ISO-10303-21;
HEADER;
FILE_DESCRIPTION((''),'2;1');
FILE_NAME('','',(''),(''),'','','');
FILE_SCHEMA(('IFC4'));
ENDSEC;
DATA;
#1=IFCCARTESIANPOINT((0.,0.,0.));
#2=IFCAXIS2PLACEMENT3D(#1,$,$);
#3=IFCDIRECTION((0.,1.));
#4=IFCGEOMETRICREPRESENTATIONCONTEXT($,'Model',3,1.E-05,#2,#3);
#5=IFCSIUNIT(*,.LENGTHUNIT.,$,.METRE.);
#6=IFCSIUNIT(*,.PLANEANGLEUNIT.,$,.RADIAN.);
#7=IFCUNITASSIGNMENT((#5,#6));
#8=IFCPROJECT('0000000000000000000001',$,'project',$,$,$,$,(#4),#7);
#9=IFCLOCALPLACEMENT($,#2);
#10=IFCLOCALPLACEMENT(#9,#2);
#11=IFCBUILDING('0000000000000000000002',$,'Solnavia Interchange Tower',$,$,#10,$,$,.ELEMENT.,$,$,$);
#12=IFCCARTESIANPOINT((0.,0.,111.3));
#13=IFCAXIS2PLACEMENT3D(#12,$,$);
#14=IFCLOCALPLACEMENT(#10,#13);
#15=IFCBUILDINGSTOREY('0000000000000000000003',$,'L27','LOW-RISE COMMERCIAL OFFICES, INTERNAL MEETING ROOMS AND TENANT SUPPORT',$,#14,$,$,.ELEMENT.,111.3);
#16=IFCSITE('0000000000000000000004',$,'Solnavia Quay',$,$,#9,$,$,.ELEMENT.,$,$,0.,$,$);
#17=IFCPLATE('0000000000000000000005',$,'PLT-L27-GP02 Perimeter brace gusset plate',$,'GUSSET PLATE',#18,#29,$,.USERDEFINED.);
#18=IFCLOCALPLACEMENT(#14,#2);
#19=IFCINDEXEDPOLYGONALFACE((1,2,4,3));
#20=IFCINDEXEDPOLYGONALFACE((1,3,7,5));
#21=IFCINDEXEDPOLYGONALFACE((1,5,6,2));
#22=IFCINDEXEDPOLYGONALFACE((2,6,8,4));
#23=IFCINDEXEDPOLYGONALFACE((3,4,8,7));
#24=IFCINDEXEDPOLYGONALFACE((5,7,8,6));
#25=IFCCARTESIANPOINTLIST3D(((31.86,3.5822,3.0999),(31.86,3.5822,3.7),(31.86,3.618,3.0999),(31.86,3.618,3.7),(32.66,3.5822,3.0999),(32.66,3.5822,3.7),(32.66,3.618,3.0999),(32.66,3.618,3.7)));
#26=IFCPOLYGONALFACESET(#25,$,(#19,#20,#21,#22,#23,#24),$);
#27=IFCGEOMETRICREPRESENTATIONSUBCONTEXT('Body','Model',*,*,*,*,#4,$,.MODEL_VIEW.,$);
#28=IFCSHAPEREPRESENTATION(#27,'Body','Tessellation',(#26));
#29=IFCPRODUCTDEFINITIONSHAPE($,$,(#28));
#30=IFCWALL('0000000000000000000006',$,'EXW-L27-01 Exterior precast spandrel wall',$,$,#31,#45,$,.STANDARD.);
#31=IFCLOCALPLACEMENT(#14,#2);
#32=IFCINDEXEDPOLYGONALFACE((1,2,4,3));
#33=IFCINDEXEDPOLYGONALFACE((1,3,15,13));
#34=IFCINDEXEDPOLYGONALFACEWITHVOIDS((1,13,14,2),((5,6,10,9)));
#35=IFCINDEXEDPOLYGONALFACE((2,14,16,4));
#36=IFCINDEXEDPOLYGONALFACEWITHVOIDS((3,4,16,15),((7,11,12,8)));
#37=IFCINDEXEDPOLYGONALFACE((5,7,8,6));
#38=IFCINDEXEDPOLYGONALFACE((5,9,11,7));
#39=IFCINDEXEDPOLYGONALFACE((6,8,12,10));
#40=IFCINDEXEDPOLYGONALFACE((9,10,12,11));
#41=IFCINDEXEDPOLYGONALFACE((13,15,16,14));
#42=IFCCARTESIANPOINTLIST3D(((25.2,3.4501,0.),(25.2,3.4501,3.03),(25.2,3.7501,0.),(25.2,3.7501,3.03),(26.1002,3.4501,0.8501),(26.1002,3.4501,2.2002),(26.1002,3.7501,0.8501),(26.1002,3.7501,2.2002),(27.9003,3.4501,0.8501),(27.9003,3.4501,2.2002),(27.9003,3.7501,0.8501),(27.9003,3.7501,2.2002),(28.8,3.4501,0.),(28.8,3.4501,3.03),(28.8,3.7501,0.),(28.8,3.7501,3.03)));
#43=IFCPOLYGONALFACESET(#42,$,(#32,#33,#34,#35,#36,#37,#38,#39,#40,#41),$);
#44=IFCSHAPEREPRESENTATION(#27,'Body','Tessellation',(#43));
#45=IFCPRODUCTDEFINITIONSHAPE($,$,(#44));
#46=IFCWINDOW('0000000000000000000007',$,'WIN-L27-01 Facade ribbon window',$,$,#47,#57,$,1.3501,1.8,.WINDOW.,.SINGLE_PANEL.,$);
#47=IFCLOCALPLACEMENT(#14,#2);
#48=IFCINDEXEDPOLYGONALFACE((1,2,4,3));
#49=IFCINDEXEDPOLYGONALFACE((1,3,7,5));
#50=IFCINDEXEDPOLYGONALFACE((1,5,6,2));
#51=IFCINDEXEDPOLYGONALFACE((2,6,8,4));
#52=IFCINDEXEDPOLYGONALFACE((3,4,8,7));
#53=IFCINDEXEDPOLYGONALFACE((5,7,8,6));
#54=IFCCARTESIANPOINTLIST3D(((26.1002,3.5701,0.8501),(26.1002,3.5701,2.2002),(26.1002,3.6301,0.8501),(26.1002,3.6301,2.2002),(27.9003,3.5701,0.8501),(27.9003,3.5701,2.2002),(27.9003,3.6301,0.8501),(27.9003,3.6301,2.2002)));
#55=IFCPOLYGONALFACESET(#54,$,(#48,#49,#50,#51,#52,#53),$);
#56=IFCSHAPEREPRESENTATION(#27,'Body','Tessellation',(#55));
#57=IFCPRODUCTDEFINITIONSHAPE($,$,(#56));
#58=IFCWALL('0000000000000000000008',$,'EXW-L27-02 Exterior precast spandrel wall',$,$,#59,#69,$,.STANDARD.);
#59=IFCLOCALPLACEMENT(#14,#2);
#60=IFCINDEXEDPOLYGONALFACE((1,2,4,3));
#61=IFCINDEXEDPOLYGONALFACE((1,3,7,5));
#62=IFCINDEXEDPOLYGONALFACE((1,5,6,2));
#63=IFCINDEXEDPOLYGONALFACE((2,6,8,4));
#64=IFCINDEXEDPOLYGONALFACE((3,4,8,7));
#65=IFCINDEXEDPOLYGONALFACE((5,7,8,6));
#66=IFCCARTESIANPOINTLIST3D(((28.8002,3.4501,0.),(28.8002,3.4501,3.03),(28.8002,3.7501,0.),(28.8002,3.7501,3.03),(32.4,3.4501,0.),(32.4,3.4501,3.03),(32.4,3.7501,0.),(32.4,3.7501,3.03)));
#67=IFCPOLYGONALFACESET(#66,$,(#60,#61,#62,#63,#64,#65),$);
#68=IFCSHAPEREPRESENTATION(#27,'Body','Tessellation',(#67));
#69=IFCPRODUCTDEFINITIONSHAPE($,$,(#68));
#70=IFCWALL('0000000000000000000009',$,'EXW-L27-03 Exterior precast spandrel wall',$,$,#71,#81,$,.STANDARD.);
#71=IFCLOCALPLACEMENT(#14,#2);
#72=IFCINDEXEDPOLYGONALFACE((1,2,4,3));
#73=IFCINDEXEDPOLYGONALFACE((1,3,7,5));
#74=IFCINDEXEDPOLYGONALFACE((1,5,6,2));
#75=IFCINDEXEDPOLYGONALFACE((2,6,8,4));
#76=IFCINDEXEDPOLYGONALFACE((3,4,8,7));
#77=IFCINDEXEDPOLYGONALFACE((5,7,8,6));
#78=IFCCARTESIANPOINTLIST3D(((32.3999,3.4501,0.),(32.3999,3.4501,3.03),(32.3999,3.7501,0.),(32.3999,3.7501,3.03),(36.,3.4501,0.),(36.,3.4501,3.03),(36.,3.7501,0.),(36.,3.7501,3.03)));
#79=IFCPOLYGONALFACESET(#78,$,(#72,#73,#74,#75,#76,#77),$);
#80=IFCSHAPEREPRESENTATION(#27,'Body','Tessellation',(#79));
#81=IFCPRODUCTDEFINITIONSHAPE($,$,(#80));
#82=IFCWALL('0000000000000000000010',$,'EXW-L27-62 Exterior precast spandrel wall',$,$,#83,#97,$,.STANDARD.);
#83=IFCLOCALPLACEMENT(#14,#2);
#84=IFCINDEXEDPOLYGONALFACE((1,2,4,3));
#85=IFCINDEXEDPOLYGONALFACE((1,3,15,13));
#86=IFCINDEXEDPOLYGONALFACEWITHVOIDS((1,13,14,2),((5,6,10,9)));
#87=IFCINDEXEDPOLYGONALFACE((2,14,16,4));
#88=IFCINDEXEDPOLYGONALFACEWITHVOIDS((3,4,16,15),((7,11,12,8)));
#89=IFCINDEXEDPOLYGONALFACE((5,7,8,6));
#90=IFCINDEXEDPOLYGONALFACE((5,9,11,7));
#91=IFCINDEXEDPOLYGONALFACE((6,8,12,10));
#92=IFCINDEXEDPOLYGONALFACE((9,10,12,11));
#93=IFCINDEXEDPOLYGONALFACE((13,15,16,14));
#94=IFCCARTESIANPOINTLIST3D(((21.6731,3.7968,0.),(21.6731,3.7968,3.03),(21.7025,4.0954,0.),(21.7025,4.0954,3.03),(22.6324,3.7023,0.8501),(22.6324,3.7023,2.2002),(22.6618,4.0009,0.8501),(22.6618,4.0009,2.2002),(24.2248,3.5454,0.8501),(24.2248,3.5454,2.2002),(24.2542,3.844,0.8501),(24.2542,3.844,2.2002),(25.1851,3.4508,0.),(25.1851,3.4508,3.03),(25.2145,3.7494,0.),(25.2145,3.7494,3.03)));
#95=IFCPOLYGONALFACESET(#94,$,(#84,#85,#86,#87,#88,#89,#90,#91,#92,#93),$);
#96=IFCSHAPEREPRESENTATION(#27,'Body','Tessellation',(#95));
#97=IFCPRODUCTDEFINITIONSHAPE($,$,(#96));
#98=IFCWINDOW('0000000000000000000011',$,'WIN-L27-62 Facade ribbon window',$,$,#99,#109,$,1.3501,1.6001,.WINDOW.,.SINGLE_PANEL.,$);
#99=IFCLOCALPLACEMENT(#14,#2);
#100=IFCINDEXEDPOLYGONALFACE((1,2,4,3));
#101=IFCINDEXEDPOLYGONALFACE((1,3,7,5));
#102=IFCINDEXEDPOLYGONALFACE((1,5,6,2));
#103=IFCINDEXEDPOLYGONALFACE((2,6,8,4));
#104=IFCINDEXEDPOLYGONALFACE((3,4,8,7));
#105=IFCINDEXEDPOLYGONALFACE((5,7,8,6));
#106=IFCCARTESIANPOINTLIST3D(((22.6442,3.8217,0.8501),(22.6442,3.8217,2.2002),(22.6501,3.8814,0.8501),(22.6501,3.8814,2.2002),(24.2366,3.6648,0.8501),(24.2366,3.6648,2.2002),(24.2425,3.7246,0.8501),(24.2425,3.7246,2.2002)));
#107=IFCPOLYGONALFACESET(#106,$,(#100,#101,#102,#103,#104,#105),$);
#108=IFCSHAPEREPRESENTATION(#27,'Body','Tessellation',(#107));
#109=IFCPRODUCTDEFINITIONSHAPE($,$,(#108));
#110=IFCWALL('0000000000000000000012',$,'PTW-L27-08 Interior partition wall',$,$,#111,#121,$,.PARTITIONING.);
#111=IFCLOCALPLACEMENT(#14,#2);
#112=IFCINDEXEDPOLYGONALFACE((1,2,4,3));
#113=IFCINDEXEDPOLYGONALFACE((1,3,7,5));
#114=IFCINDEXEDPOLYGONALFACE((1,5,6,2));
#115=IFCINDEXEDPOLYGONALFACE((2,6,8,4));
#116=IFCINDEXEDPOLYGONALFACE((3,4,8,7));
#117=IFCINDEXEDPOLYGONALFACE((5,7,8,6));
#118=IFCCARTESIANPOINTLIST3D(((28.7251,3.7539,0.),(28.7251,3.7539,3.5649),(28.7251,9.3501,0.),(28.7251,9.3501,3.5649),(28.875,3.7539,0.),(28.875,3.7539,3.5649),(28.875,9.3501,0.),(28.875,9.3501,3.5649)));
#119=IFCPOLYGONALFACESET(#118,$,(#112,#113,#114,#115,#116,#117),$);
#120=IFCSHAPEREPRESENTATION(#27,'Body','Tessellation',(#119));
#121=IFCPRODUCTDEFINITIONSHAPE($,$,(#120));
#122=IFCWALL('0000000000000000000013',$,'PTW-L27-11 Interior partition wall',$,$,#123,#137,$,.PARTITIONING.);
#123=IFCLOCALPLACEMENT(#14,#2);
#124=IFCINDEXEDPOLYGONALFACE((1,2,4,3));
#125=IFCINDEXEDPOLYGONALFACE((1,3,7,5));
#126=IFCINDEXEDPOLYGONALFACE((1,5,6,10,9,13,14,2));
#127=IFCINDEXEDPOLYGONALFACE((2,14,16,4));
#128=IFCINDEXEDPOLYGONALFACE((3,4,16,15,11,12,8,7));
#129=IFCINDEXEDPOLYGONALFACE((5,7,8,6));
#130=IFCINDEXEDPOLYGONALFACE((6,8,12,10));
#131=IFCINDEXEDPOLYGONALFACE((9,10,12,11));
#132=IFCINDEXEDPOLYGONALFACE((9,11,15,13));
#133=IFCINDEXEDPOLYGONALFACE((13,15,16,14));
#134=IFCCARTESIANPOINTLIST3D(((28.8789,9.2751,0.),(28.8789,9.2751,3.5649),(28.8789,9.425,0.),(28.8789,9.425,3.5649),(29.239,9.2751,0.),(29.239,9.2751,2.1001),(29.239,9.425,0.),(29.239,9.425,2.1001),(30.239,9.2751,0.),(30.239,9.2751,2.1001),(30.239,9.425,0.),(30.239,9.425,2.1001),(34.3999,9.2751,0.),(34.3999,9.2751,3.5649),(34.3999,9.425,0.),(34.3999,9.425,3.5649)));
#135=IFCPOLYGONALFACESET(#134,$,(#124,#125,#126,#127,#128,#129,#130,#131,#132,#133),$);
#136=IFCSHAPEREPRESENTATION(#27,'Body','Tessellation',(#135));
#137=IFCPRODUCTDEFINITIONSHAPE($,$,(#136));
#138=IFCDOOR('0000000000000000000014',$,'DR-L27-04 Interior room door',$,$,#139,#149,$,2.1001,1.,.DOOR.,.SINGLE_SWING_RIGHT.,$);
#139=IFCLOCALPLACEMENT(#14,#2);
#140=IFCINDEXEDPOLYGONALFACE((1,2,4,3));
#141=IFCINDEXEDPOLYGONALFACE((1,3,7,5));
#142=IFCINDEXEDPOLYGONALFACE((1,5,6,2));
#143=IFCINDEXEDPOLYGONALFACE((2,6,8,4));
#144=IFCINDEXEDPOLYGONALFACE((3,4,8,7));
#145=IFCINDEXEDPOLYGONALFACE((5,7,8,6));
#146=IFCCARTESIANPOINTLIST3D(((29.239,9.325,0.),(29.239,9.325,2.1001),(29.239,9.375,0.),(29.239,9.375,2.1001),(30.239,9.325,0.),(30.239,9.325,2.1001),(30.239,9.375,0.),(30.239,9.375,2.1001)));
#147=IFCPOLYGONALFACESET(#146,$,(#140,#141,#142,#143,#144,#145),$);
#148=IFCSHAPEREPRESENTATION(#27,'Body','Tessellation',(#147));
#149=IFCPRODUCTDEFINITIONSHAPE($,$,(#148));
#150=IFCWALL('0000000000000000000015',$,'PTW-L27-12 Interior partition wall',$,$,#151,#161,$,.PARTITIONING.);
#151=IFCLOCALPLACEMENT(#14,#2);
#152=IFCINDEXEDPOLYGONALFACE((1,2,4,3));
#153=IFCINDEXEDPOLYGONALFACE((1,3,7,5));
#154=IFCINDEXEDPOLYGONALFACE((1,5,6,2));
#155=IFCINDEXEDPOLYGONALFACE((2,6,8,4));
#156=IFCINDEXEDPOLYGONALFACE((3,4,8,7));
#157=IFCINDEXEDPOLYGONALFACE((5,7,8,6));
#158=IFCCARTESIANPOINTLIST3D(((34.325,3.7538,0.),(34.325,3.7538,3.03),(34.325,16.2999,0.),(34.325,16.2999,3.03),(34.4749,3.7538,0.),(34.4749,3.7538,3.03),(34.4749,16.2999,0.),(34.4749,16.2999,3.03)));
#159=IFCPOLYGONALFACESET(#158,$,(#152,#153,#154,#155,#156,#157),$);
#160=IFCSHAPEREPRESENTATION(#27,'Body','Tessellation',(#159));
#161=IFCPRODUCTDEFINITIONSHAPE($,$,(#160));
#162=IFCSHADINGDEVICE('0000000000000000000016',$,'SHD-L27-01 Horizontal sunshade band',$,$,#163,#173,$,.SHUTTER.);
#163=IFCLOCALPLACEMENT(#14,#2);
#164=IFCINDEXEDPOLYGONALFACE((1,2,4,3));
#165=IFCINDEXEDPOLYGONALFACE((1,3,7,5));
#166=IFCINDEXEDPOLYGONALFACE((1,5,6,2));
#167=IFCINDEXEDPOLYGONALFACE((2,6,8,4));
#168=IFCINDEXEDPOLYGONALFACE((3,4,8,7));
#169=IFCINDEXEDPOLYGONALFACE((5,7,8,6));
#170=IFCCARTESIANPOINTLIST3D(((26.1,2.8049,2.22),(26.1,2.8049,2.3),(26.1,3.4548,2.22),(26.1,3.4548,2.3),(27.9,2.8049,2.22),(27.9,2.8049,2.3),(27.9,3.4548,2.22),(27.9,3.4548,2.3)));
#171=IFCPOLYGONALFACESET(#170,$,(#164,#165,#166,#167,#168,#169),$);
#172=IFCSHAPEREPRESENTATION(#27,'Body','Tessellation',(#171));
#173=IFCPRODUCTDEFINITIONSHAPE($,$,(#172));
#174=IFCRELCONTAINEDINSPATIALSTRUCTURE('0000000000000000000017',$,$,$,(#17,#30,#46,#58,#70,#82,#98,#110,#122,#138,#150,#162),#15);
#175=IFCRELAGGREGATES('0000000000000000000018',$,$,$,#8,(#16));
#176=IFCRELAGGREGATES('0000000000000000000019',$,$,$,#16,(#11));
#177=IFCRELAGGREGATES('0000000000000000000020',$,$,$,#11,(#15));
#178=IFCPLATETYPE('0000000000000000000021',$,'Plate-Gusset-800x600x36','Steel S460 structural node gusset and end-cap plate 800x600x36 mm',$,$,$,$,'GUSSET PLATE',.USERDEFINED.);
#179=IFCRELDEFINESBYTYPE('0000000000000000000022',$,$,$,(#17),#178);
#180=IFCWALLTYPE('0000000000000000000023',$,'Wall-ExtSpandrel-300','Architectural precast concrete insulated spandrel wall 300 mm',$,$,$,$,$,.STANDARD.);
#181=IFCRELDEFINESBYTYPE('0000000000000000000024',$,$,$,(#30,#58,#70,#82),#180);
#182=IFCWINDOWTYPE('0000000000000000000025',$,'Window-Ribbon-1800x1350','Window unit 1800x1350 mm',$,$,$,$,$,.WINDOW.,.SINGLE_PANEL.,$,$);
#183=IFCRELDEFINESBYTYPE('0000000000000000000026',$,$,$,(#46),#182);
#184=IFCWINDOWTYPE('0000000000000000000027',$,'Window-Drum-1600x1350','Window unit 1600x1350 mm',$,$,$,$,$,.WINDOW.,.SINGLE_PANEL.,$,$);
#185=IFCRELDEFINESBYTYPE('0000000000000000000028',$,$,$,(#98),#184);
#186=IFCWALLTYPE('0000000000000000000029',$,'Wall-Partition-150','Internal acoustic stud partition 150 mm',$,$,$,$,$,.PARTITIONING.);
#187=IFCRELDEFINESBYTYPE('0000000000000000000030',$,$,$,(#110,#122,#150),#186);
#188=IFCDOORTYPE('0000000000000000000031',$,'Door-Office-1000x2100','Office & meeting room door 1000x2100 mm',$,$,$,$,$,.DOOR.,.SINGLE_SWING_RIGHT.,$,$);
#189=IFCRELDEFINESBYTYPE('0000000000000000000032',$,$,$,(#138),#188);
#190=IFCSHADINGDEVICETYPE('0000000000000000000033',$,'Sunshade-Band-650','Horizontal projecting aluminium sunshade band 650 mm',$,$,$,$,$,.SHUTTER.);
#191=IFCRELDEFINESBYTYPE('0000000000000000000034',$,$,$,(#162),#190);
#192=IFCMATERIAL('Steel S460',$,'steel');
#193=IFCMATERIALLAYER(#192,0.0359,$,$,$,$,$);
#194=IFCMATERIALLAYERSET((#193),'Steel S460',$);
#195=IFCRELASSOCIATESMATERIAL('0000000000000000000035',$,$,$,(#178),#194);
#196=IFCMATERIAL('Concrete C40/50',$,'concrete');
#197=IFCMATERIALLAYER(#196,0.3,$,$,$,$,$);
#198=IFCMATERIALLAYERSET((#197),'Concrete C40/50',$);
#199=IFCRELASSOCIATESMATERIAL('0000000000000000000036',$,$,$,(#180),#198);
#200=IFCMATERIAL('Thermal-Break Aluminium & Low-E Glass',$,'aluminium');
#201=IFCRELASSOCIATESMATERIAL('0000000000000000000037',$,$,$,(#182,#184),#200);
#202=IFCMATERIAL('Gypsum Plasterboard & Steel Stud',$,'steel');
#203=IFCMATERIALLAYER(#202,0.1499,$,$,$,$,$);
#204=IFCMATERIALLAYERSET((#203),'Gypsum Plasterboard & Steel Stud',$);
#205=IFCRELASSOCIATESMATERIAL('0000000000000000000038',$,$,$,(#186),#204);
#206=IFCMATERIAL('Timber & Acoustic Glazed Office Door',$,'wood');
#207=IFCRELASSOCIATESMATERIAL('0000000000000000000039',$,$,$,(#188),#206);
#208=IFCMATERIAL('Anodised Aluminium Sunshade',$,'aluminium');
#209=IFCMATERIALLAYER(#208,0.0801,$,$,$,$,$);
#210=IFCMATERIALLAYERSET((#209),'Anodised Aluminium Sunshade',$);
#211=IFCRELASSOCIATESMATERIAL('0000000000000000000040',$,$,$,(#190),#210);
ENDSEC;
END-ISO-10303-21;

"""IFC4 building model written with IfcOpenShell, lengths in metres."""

from ifc_helpers import new_model, si_unit, direction, frame, frame_2d, origin, origin_2d, place, context, subcontext, project, spatial, rectangle, extrude, material, layer, layer_set, type_object, element, fill, save


model = new_model("IFC4")

# Units and contexts
model_context = context("Model", 3, precision=1e-05, world=origin(), true_north=direction((0.0, 1.0)))
body_context = subcontext(model_context, "Body", "Model", "MODEL_VIEW")
ifc_project = project(units=[si_unit("LENGTHUNIT", "METRE"), si_unit("PLANEANGLEUNIT", "RADIAN")], contexts=[model_context])

# Site, building, storey
site_placement = place(None, origin())
site = spatial("IfcSite", under=ifc_project, at=site_placement, Name="Solnavia Quay", CompositionType="ELEMENT", RefElevation=0.0)
building_placement = place(site_placement, origin())
building = spatial("IfcBuilding", under=site, at=building_placement, Name="Solnavia Interchange Tower", CompositionType="ELEMENT")
storey_placement = place(building_placement, frame((0.0, 0.0, 111.3)))
storey = spatial("IfcBuildingStorey", under=building, at=storey_placement, Name="L27", Description="LOW-RISE COMMERCIAL OFFICES, INTERNAL MEETING ROOMS AND TENANT SUPPORT", CompositionType="ELEMENT", Elevation=111.3)

# Shared definitions
ifc_material_1 = material(Name="Steel S460", Category="steel")

# Plate
ifc_layer_1 = layer(ifc_material_1, 0.0359)
ifc_layer_set_1 = layer_set([ifc_layer_1], Name="Steel S460")
plate_type = type_object("IfcPlateType", Name="Plate-Gusset-800x600x36", Description="Steel S460 structural node gusset and end-cap plate 800x600x36 mm", ElementType="GUSSET PLATE", PredefinedType="USERDEFINED", material=ifc_layer_set_1)
for number, where, z_axis, x_axis, name in (
    (1, (32.26, 3.6001, 3.0999), (0.0, 0.0, 1.0), (1.0, 0.0, 0.0), "PLT-L27-GP02 Perimeter brace gusset plate"),
):
    element("IfcPlate", number, at=place(storey_placement, frame(where, z_axis=z_axis, x_axis=x_axis)), inside=storey, type_object=plate_type, Name=name, ObjectType="GUSSET PLATE", PredefinedType="USERDEFINED", context=body_context, shape_type="SweptSolid", body=[
        extrude(rectangle(XDim=0.8, YDim=0.0359, at=origin_2d()), origin(), (0.0, 0.0, 1.0), 0.6001),
    ])

# Wall, opening, window
ifc_material_2 = material(Name="Concrete C40/50", Category="concrete")
ifc_layer_2 = layer(ifc_material_2, 0.3)
ifc_layer_set_2 = layer_set([ifc_layer_2], Name="Concrete C40/50")
wall_type_1 = type_object("IfcWallType", Name="Wall-ExtSpandrel-300", Description="Architectural precast concrete insulated spandrel wall 300 mm", PredefinedType="STANDARD", material=ifc_layer_set_2)
wall_1_placement = place(storey_placement, frame((28.8, 3.6001, 0.0), z_axis=(0.0, 0.0, 1.0), x_axis=(-1.0, 0.0, 0.0)))
wall_1 = element("IfcWall", 2, at=wall_1_placement, inside=storey, type_object=wall_type_1, Name="EXW-L27-01 Exterior precast spandrel wall", PredefinedType="STANDARD", context=body_context, shape_type="SweptSolid", body=[
    extrude(rectangle(XDim=3.6001, YDim=0.3, at=frame_2d((1.8, 0.0))), origin(), (0.0, 0.0, 1.0), 3.03),
])
opening_1_placement = place(wall_1_placement, frame((0.8999, 0.0, 0.8501)))
opening_1 = element("IfcOpeningElement", 3, at=opening_1_placement, cuts=wall_1, PredefinedType="OPENING", context=body_context, shape_type="SweptSolid", body=[
    extrude(rectangle(XDim=1.8, YDim=1.3501, at=frame_2d((0.8999, 0.675))), frame((0.0, 0.1602, 0.0), z_axis=(0.0, -1.0, 0.0), x_axis=(1.0, 0.0, 0.0)), (0.0, 0.0, 1.0), 0.3201),
])
ifc_material_3 = material(Name="Thermal-Break Aluminium & Low-E Glass", Category="aluminium")
window_type_1 = type_object("IfcWindowType", Name="Window-Ribbon-1800x1350", Description="Window unit 1800x1350 mm", PartitioningType="SINGLE_PANEL", PredefinedType="WINDOW", material=ifc_material_3)
window_1_placement = place(opening_1_placement, origin())
window_1 = element("IfcWindow", 4, at=window_1_placement, inside=storey, type_object=window_type_1, Name="WIN-L27-01 Facade ribbon window", OverallHeight=1.3501, OverallWidth=1.8, PartitioningType="SINGLE_PANEL", PredefinedType="WINDOW", context=body_context, shape_type="SweptSolid", body=[
    extrude(rectangle(XDim=1.8, YDim=1.3501, at=frame_2d((0.8999, 0.675))), frame((0.0, 0.03, 0.0), z_axis=(0.0, -1.0, 0.0), x_axis=(1.0, 0.0, 0.0)), (0.0, 0.0, 1.0), 0.0601),
])
fill(opening_1, window_1)

# Walls
wall_2_placement = place(storey_placement, frame((32.3999, 3.6001, 0.0), z_axis=(0.0, 0.0, 1.0), x_axis=(-1.0, 0.0, 0.0)))
element("IfcWall", 5, at=wall_2_placement, inside=storey, type_object=wall_type_1, Name="EXW-L27-02 Exterior precast spandrel wall", PredefinedType="STANDARD", context=body_context, shape_type="SweptSolid", body=[
    extrude(rectangle(XDim=3.5999, YDim=0.3, at=frame_2d((1.7998, 0.0))), origin(), (0.0, 0.0, 1.0), 3.03),
])
wall_3_placement = place(storey_placement, frame((36.0, 3.6001, 0.0), z_axis=(0.0, 0.0, 1.0), x_axis=(-1.0, 0.0, 0.0)))
element("IfcWall", 6, at=wall_3_placement, inside=storey, type_object=wall_type_1, Name="EXW-L27-03 Exterior precast spandrel wall", PredefinedType="STANDARD", context=body_context, shape_type="SweptSolid", body=[
    extrude(rectangle(XDim=3.6001, YDim=0.3, at=frame_2d((1.8, 0.0))), origin(), (0.0, 0.0, 1.0), 3.03),
])

# Wall, opening, window
wall_4_placement = place(storey_placement, frame((25.2, 3.6001, 0.0), z_axis=(0.0, 0.0, 1.0), x_axis=(-0.995183, 0.098031, 0.0)))
wall_4 = element("IfcWall", 7, at=wall_4_placement, inside=storey, type_object=wall_type_1, Name="EXW-L27-62 Exterior precast spandrel wall", PredefinedType="STANDARD", context=body_context, shape_type="SweptSolid", body=[
    extrude(rectangle(XDim=3.5291, YDim=0.3, at=frame_2d((1.7646, 0.0))), origin(), (0.0, 0.0, 1.0), 3.03),
])
opening_2_placement = place(wall_4_placement, frame((0.9651, 0.0, 0.8501)))
opening_2 = element("IfcOpeningElement", 8, at=opening_2_placement, cuts=wall_4, PredefinedType="OPENING", context=body_context, shape_type="SweptSolid", body=[
    extrude(rectangle(XDim=1.6001, YDim=1.3501, at=frame_2d((0.8, 0.675))), frame((0.0, 0.1602, 0.0), z_axis=(0.0, -1.0, 0.0), x_axis=(1.0, 0.0, 0.0)), (0.0, 0.0, 1.0), 0.3201),
])
window_type_2 = type_object("IfcWindowType", Name="Window-Drum-1600x1350", Description="Window unit 1600x1350 mm", PartitioningType="SINGLE_PANEL", PredefinedType="WINDOW", material=ifc_material_3)
window_2_placement = place(opening_2_placement, origin())
window_2 = element("IfcWindow", 9, at=window_2_placement, inside=storey, type_object=window_type_2, Name="WIN-L27-62 Facade ribbon window", OverallHeight=1.3501, OverallWidth=1.6001, PartitioningType="SINGLE_PANEL", PredefinedType="WINDOW", context=body_context, shape_type="SweptSolid", body=[
    extrude(rectangle(XDim=1.6001, YDim=1.3501, at=frame_2d((0.8, 0.675))), frame((0.0, 0.03, 0.0), z_axis=(0.0, -1.0, 0.0), x_axis=(1.0, 0.0, 0.0)), (0.0, 0.0, 1.0), 0.0601),
])
fill(opening_2, window_2)

# Wall
ifc_material_4 = material(Name="Gypsum Plasterboard & Steel Stud", Category="steel")
ifc_layer_3 = layer(ifc_material_4, 0.1499)
ifc_layer_set_3 = layer_set([ifc_layer_3], Name="Gypsum Plasterboard & Steel Stud")
wall_type_2 = type_object("IfcWallType", Name="Wall-Partition-150", Description="Internal acoustic stud partition 150 mm", PredefinedType="PARTITIONING", material=ifc_layer_set_3)
wall_5_placement = place(storey_placement, frame((28.8, 9.3501, 0.0), z_axis=(0.0, 0.0, 1.0), x_axis=(0.0, -1.0, 0.0)))
element("IfcWall", 10, at=wall_5_placement, inside=storey, type_object=wall_type_2, Name="PTW-L27-08 Interior partition wall", PredefinedType="PARTITIONING", context=body_context, shape_type="SweptSolid", body=[
    extrude(rectangle(XDim=5.5962, YDim=0.1499, at=frame_2d((2.7981, 0.0))), origin(), (0.0, 0.0, 1.0), 3.5649),
])

# Wall, opening, door
wall_6_placement = place(storey_placement, frame((28.8789, 9.3501, 0.0), z_axis=(0.0, 0.0, 1.0), x_axis=(1.0, 0.0, 0.0)))
wall_6 = element("IfcWall", 11, at=wall_6_placement, inside=storey, type_object=wall_type_2, Name="PTW-L27-11 Interior partition wall", PredefinedType="PARTITIONING", context=body_context, shape_type="SweptSolid", body=[
    extrude(rectangle(XDim=5.521, YDim=0.1499, at=frame_2d((2.7605, 0.0))), origin(), (0.0, 0.0, 1.0), 3.5649),
])
opening_3_placement = place(wall_6_placement, frame((0.3601, 0.0, 0.0)))
opening_3 = element("IfcOpeningElement", 12, at=opening_3_placement, cuts=wall_6, PredefinedType="OPENING", context=body_context, shape_type="SweptSolid", body=[
    extrude(rectangle(XDim=1.0, YDim=2.1001, at=frame_2d((0.5, 1.05))), frame((0.0, 0.085, 0.0), z_axis=(0.0, -1.0, 0.0), x_axis=(1.0, 0.0, 0.0)), (0.0, 0.0, 1.0), 0.1699),
])
ifc_material_5 = material(Name="Timber & Acoustic Glazed Office Door", Category="wood")
door_type = type_object("IfcDoorType", Name="Door-Office-1000x2100", Description="Office & meeting room door 1000x2100 mm", OperationType="SINGLE_SWING_RIGHT", PredefinedType="DOOR", material=ifc_material_5)
door_placement = place(opening_3_placement, origin())
door = element("IfcDoor", 13, at=door_placement, inside=storey, type_object=door_type, Name="DR-L27-04 Interior room door", OperationType="SINGLE_SWING_RIGHT", OverallHeight=2.1001, OverallWidth=1.0, PredefinedType="DOOR", context=body_context, shape_type="SweptSolid", body=[
    extrude(rectangle(XDim=1.0, YDim=2.1001, at=frame_2d((0.5, 1.05))), frame((0.0, 0.0249, 0.0), z_axis=(0.0, -1.0, 0.0), x_axis=(1.0, 0.0, 0.0)), (0.0, 0.0, 1.0), 0.05),
])
fill(opening_3, door)

# Wall
wall_7_placement = place(storey_placement, frame((34.3999, 3.7539, 0.0), z_axis=(0.0, 0.0, 1.0), x_axis=(0.0, 1.0, 0.0)))
element("IfcWall", 14, at=wall_7_placement, inside=storey, type_object=wall_type_2, Name="PTW-L27-12 Interior partition wall", PredefinedType="PARTITIONING", context=body_context, shape_type="SweptSolid", body=[
    extrude(rectangle(XDim=12.5461, YDim=0.1499, at=frame_2d((6.2729, 0.0))), origin(), (0.0, 0.0, 1.0), 3.03),
])

# Shading device
ifc_material_6 = material(Name="Anodised Aluminium Sunshade", Category="aluminium")
ifc_layer_4 = layer(ifc_material_6, 0.0801)
ifc_layer_set_4 = layer_set([ifc_layer_4], Name="Anodised Aluminium Sunshade")
shading_device_type = type_object("IfcShadingDeviceType", Name="Sunshade-Band-650", Description="Horizontal projecting aluminium sunshade band 650 mm", PredefinedType="SHUTTER", material=ifc_layer_set_4)
shading_device_placement = place(storey_placement, frame((27.0, 3.1299, 2.22), z_axis=(0.0, 0.0, 1.0), x_axis=(-1.0, 0.0, 0.0)))
element("IfcShadingDevice", 15, at=shading_device_placement, inside=storey, type_object=shading_device_type, Name="SHD-L27-01 Horizontal sunshade band", PredefinedType="SHUTTER", context=body_context, shape_type="SweptSolid", body=[
    extrude(rectangle(XDim=1.8, YDim=0.6499, at=origin_2d()), origin(), (0.0, 0.0, 1.0), 0.0801),
])

save(model, "model.ifc")
